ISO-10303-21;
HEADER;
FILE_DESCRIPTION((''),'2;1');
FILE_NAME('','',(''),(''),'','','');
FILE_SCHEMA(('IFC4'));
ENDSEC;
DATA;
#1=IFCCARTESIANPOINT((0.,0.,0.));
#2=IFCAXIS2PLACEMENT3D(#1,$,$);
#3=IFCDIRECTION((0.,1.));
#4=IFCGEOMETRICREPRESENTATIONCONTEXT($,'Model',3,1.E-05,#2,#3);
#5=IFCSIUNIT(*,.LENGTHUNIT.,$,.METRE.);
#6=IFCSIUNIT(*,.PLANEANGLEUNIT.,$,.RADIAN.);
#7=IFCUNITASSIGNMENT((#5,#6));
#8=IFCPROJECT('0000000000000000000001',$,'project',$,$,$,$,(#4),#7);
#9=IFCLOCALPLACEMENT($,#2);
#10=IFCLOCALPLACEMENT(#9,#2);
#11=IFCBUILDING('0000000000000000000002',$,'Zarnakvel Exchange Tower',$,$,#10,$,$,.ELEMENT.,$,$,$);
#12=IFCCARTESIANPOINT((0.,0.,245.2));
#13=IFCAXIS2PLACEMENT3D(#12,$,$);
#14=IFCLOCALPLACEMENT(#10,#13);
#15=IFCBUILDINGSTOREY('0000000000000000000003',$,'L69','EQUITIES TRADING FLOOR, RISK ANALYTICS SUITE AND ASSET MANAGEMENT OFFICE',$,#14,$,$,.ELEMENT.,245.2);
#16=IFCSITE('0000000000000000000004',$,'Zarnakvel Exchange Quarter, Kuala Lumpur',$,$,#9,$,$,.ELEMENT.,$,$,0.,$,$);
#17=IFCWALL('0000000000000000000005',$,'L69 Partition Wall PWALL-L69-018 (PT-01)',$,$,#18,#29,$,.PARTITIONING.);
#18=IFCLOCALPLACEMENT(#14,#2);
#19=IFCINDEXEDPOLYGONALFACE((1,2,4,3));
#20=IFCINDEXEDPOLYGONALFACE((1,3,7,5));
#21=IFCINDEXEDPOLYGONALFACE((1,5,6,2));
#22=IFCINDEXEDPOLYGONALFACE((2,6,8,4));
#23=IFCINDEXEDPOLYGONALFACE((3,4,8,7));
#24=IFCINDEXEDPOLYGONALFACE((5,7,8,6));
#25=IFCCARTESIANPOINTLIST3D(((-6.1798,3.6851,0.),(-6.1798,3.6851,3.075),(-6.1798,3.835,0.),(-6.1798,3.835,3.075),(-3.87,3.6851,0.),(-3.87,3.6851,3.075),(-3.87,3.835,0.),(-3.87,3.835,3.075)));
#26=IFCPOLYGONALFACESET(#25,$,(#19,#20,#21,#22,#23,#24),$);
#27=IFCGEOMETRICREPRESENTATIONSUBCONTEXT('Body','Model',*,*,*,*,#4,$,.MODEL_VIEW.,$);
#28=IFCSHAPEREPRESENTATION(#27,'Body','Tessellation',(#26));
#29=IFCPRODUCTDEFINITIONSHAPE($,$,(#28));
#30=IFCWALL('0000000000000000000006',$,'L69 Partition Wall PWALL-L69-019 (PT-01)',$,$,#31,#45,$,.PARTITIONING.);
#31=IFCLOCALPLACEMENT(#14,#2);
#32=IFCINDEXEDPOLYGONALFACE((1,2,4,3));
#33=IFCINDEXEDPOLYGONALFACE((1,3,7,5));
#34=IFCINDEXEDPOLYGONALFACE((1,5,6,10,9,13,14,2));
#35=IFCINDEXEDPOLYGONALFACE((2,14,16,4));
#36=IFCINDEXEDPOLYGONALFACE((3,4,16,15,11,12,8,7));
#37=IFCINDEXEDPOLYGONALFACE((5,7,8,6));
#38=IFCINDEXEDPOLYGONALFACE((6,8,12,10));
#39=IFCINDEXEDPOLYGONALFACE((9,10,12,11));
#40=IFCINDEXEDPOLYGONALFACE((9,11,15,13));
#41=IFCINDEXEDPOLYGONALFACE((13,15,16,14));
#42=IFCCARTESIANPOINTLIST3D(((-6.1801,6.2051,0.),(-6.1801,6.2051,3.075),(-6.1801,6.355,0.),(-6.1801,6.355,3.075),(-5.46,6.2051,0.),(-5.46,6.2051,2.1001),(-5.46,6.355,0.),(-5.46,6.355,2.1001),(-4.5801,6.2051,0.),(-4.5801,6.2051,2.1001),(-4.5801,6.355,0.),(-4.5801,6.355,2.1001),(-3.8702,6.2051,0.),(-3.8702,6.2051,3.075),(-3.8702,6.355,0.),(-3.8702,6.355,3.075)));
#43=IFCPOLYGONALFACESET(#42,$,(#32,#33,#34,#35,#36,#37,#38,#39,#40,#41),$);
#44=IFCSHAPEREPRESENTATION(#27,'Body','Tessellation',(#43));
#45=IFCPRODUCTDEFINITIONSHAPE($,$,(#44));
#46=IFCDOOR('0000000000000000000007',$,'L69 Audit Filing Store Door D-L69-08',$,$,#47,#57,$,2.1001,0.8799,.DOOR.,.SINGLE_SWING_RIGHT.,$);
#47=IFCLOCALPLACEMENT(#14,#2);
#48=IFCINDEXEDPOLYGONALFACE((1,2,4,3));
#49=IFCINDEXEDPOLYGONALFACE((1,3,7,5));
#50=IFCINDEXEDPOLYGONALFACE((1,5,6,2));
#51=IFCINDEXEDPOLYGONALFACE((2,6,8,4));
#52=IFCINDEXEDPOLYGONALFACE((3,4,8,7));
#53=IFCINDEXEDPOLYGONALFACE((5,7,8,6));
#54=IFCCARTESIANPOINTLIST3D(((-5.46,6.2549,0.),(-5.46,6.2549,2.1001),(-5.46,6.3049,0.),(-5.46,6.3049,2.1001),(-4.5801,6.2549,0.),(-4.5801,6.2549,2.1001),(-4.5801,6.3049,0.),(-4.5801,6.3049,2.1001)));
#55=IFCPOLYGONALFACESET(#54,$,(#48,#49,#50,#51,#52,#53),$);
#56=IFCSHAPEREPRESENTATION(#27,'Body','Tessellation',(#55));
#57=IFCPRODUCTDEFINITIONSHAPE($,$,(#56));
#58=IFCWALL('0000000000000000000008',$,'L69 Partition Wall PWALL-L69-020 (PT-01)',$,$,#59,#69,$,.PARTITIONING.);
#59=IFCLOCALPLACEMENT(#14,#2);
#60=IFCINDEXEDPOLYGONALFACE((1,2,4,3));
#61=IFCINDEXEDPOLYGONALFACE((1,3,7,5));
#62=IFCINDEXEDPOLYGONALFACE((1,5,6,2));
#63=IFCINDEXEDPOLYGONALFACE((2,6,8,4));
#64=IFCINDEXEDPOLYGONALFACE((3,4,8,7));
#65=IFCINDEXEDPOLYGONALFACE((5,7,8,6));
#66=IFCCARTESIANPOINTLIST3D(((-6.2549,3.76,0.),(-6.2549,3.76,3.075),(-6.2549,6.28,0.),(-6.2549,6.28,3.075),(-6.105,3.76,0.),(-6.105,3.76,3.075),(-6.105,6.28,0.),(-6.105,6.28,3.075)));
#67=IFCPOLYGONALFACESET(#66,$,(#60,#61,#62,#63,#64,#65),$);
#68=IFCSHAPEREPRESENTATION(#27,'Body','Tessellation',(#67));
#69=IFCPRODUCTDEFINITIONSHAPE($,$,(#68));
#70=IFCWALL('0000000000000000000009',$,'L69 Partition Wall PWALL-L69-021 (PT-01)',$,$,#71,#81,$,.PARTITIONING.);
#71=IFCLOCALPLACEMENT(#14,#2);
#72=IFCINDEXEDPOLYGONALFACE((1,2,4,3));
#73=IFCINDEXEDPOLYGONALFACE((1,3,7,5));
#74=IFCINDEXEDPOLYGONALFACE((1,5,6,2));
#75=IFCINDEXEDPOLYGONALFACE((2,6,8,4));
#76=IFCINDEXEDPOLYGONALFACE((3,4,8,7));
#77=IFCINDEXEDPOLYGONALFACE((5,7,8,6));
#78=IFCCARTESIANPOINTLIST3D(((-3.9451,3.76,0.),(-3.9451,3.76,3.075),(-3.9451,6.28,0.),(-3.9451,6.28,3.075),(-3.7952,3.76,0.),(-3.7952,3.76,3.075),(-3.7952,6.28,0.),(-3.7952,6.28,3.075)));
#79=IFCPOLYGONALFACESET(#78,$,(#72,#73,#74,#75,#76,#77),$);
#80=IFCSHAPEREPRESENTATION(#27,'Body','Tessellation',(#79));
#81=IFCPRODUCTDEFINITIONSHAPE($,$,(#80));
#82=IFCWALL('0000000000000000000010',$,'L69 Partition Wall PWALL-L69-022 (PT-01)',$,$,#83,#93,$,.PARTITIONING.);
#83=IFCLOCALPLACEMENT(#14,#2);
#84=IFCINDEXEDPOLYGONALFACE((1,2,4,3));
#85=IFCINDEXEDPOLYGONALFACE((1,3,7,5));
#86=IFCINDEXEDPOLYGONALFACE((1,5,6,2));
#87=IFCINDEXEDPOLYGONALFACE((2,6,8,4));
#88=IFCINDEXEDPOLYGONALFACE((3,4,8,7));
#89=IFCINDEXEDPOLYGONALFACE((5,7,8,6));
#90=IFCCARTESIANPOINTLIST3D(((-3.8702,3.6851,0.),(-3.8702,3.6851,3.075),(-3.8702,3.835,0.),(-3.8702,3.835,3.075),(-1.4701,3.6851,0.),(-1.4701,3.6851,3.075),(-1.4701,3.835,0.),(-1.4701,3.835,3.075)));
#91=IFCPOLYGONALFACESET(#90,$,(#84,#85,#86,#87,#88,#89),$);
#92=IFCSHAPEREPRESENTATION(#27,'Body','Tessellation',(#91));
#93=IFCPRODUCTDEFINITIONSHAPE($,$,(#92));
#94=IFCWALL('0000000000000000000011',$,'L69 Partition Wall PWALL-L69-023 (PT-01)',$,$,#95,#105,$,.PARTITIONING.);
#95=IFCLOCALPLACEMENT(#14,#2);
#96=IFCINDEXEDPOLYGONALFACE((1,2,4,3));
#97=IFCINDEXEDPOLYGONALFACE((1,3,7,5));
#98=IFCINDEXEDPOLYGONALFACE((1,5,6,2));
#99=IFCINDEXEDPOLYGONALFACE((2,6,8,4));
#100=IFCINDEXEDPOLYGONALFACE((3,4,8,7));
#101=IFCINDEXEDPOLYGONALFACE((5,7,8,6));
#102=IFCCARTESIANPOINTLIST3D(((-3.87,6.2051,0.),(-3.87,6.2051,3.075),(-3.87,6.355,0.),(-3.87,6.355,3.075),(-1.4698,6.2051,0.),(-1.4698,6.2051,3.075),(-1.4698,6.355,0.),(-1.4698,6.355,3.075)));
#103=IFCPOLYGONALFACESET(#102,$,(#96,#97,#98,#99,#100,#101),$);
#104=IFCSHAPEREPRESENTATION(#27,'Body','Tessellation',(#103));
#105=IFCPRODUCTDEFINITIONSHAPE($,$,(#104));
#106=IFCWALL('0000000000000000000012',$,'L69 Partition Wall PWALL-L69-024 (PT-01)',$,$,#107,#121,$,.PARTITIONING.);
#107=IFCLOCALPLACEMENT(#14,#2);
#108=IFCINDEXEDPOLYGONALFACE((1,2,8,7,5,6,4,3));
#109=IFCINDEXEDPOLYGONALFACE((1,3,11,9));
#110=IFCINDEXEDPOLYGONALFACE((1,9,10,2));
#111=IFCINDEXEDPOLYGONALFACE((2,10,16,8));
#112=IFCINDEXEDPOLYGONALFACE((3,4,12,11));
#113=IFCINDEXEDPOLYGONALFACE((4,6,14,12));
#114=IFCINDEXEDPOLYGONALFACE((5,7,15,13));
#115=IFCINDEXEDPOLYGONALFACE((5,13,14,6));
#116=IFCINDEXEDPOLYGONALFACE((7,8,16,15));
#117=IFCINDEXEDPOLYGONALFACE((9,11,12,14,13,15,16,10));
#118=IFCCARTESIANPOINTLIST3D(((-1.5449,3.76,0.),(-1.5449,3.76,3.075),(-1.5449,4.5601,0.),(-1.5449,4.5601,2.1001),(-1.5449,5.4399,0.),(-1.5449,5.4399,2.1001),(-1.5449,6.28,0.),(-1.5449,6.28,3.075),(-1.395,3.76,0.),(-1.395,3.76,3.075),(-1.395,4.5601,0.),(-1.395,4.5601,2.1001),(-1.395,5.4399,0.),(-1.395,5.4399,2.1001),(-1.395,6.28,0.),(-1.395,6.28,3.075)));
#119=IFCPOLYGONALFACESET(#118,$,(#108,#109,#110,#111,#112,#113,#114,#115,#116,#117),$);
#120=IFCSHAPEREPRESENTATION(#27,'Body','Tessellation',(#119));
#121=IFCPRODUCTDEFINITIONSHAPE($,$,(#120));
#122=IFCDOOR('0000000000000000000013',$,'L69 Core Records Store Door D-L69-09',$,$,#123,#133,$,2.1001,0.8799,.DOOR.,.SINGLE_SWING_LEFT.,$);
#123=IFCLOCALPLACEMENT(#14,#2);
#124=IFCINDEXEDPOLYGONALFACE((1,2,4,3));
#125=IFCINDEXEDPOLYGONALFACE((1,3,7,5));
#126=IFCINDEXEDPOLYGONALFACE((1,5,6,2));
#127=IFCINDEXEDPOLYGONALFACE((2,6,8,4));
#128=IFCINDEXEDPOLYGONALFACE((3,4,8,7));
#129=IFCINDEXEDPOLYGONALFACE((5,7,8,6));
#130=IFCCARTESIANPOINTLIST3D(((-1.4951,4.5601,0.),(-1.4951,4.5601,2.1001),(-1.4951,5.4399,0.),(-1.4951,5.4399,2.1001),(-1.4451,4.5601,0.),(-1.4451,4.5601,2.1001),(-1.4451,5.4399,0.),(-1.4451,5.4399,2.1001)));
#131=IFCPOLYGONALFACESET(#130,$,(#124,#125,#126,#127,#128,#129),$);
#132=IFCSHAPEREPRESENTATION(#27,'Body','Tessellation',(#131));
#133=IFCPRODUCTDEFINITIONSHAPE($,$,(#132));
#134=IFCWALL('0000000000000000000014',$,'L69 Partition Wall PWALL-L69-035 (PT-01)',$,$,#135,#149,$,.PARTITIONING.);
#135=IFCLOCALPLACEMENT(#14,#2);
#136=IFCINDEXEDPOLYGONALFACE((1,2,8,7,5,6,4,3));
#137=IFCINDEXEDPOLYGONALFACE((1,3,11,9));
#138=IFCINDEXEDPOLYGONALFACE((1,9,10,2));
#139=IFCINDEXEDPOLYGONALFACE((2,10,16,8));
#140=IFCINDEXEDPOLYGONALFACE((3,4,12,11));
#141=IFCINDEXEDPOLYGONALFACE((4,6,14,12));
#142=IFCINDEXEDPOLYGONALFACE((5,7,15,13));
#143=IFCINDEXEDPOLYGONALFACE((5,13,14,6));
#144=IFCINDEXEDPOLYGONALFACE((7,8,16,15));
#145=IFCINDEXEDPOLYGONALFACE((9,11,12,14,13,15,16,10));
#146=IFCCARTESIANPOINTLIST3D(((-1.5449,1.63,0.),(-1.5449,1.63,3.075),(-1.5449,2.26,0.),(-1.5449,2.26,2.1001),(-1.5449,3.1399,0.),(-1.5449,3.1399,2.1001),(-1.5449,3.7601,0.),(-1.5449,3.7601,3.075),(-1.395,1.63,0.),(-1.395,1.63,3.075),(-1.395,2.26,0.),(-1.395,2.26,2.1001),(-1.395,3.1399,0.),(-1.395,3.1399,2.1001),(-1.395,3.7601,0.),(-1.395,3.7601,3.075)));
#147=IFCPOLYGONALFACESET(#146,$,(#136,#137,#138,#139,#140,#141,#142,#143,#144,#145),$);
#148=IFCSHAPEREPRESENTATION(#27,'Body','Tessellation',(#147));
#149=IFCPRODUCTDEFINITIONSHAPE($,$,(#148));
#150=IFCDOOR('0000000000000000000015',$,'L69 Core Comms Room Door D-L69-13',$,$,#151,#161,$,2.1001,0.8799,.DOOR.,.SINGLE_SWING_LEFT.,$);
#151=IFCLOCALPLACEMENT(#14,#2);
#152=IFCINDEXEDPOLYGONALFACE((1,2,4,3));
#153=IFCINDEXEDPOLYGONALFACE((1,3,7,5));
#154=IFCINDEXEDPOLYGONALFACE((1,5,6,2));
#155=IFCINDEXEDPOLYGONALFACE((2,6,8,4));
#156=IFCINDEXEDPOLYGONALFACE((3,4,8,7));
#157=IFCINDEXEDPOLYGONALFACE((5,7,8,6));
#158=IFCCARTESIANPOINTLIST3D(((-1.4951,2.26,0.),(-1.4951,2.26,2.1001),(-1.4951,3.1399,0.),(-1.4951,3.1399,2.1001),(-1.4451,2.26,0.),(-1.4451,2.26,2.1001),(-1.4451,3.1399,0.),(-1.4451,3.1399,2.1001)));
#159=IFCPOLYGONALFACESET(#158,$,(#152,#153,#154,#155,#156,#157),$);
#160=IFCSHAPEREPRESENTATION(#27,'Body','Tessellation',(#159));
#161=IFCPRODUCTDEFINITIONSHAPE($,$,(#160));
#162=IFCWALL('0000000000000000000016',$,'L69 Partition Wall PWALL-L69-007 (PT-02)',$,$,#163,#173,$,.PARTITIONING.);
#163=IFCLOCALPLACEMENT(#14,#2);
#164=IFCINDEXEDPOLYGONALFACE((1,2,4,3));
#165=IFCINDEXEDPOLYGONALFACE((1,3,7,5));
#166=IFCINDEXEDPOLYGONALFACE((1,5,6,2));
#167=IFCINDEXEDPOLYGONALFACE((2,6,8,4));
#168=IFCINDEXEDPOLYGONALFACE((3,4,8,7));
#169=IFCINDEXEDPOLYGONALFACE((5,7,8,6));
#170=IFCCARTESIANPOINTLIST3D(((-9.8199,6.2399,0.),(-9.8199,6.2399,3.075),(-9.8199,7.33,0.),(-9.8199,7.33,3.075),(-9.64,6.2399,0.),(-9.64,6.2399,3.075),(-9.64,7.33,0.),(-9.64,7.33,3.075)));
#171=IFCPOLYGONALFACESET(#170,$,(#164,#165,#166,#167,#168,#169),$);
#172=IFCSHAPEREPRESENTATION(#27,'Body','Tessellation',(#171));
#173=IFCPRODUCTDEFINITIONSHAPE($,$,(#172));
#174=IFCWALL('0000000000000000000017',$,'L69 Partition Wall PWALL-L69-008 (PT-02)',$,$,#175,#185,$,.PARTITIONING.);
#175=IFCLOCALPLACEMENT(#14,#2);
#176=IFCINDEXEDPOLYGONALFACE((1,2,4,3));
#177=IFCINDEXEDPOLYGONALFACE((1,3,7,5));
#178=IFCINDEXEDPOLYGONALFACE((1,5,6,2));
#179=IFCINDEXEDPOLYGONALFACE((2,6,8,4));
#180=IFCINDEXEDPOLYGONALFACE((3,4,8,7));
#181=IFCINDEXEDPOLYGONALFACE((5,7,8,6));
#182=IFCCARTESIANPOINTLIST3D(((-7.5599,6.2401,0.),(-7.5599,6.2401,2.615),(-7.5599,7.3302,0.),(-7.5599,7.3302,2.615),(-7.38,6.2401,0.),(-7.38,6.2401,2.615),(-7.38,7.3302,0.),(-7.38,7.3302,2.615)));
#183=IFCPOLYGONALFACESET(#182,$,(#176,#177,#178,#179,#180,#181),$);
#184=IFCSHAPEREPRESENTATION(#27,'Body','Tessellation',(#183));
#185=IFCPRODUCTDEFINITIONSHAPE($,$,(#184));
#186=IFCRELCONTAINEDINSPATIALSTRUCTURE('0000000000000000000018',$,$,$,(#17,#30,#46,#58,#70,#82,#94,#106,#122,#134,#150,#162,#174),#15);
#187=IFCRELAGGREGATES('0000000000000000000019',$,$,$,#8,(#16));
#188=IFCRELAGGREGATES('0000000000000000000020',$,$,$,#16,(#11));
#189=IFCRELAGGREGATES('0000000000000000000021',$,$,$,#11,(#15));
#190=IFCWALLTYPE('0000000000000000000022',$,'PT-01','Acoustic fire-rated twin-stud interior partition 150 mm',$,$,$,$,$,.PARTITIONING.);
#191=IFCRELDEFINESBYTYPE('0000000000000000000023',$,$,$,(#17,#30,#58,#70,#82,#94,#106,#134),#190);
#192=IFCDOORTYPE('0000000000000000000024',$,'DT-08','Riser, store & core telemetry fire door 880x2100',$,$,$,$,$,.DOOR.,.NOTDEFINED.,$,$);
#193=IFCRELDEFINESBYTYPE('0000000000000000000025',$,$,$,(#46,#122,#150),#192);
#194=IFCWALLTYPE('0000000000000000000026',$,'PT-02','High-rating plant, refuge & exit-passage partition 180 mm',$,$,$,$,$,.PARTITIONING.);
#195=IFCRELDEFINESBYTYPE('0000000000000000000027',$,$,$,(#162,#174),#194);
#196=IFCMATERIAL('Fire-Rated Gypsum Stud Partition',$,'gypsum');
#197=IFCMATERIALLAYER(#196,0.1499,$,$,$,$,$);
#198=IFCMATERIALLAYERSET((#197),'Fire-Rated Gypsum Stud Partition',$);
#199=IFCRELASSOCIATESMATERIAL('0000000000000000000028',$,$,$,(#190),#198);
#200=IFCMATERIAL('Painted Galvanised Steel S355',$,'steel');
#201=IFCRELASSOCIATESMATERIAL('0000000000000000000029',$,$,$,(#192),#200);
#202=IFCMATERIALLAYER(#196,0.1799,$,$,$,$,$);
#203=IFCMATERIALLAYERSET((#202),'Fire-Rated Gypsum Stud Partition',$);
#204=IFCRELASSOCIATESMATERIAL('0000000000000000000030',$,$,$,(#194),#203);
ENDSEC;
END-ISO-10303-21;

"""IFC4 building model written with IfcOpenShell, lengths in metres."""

from ifc_helpers import new_model, si_unit, direction, frame, frame_2d, origin, place, context, subcontext, project, spatial, rectangle, extrude, source, transform, mapped, material, layer, layer_set, type_object, element, fill, save


model = new_model("IFC4")

# Units and contexts
model_context = context("Model", 3, precision=1e-05, world=origin(), true_north=direction((0.0, 1.0)))
body_context = subcontext(model_context, "Body", "Model", "MODEL_VIEW")
ifc_project = project(units=[si_unit("LENGTHUNIT", "METRE"), si_unit("PLANEANGLEUNIT", "RADIAN")], contexts=[model_context])

# Site, building, storey
site_placement = place(None, origin())
site = spatial("IfcSite", under=ifc_project, at=site_placement, Name="Zarnakvel Exchange Quarter, Kuala Lumpur", CompositionType="ELEMENT", RefElevation=0.0)
building_placement = place(site_placement, origin())
building = spatial("IfcBuilding", under=site, at=building_placement, Name="Zarnakvel Exchange Tower", CompositionType="ELEMENT")
storey_placement = place(building_placement, frame((0.0, 0.0, 245.2)))
storey = spatial("IfcBuildingStorey", under=building, at=storey_placement, Name="L69", Description="EQUITIES TRADING FLOOR, RISK ANALYTICS SUITE AND ASSET MANAGEMENT OFFICE", CompositionType="ELEMENT", Elevation=245.2)

# Wall
ifc_material_1 = material(Name="Fire-Rated Gypsum Stud Partition", Category="gypsum")
ifc_layer_1 = layer(ifc_material_1, 0.1499)
ifc_layer_set_1 = layer_set([ifc_layer_1], Name="Fire-Rated Gypsum Stud Partition")
wall_type_1 = type_object("IfcWallType", Name="PT-01", Description="Acoustic fire-rated twin-stud interior partition 150 mm", PredefinedType="PARTITIONING", material=ifc_layer_set_1)
wall_1_placement = place(storey_placement, frame((-3.8701, 3.76, 0.0), z_axis=(0.0, 0.0, 1.0), x_axis=(-1.0, 0.0, 0.0)))
element("IfcWall", 1, at=wall_1_placement, inside=storey, type_object=wall_type_1, Name="L69 Partition Wall PWALL-L69-018 (PT-01)", PredefinedType="PARTITIONING", context=body_context, shape_type="SweptSolid", body=[
    extrude(rectangle(XDim=2.3098, YDim=0.1499, at=frame_2d((1.1548, 0.0))), origin(), (0.0, 0.0, 1.0), 3.075),
])

# Wall, opening, door
wall_2_placement = place(storey_placement, frame((-6.1799, 6.28, 0.0), z_axis=(0.0, 0.0, 1.0), x_axis=(1.0, 0.0, 0.0)))
wall_2 = element("IfcWall", 2, at=wall_2_placement, inside=storey, type_object=wall_type_1, Name="L69 Partition Wall PWALL-L69-019 (PT-01)", PredefinedType="PARTITIONING", context=body_context, shape_type="SweptSolid", body=[
    extrude(rectangle(XDim=2.3098, YDim=0.1499, at=frame_2d((1.1548, 0.0))), origin(), (0.0, 0.0, 1.0), 3.075),
])
opening_1_placement = place(wall_2_placement, frame((0.72, 0.0, 0.0)))
opening_1 = element("IfcOpeningElement", 3, at=opening_1_placement, cuts=wall_2, PredefinedType="OPENING", context=body_context, shape_type="SweptSolid", body=[
    extrude(rectangle(XDim=0.8799, YDim=2.1001, at=frame_2d((0.4399, 1.05))), frame((0.0, 0.085, 0.0), z_axis=(0.0, -1.0, 0.0), x_axis=(1.0, 0.0, 0.0)), (0.0, 0.0, 1.0), 0.1699),
])
ifc_material_2 = material(Name="Painted Galvanised Steel S355", Category="steel")
door_type_1 = type_object("IfcDoorType", Name="DT-08", Description="Riser, store & core telemetry fire door 880x2100", OperationType="NOTDEFINED", PredefinedType="DOOR", material=ifc_material_2)
shared_shape_1 = source(origin(), body_context, "Body", "SweptSolid", [
    extrude(rectangle(XDim=0.8799, YDim=2.1001, at=frame_2d((0.4399, 1.05))), frame((0.0, 0.0249, 0.0), z_axis=(0.0, -1.0, 0.0), x_axis=(1.0, 0.0, 0.0)), (0.0, 0.0, 1.0), 0.05),
])
door_1_placement = place(opening_1_placement, origin())
door_1 = element("IfcDoor", 4, at=door_1_placement, inside=storey, type_object=door_type_1, Name="L69 Audit Filing Store Door D-L69-08", OperationType="SINGLE_SWING_RIGHT", OverallHeight=2.1001, OverallWidth=0.8799, PredefinedType="DOOR", context=body_context, shape_type="MappedRepresentation", body=[
    mapped(shared_shape_1, transform((0.0, 0.0, 0.0), x_axis=(1.0, 0.0, 0.0), y_axis=(0.0, 1.0, 0.0), z_axis=(0.0, 0.0, 1.0), scale=1.0)),
])
fill(opening_1, door_1)

# Walls
for number, where, z_axis, x_axis, name in (
    (5, (-6.1799, 3.76, 0.0), (0.0, 0.0, 1.0), (0.0, 1.0, 0.0), "L69 Partition Wall PWALL-L69-020 (PT-01)"),
    (6, (-3.8701, 6.28, 0.0), (0.0, 0.0, 1.0), (0.0, -1.0, 0.0), "L69 Partition Wall PWALL-L69-021 (PT-01)"),
):
    element("IfcWall", number, at=place(storey_placement, frame(where, z_axis=z_axis, x_axis=x_axis)), inside=storey, type_object=wall_type_1, Name=name, PredefinedType="PARTITIONING", context=body_context, shape_type="SweptSolid", body=[
        extrude(rectangle(XDim=2.52, YDim=0.1499, at=frame_2d((1.26, 0.0))), origin(), (0.0, 0.0, 1.0), 3.075),
    ])
for number, where, z_axis, x_axis, name in (
    (7, (-1.47, 3.76, 0.0), (0.0, 0.0, 1.0), (-1.0, 0.0, 0.0), "L69 Partition Wall PWALL-L69-022 (PT-01)"),
    (8, (-3.8701, 6.28, 0.0), (0.0, 0.0, 1.0), (1.0, 0.0, 0.0), "L69 Partition Wall PWALL-L69-023 (PT-01)"),
):
    element("IfcWall", number, at=place(storey_placement, frame(where, z_axis=z_axis, x_axis=x_axis)), inside=storey, type_object=wall_type_1, Name=name, PredefinedType="PARTITIONING", context=body_context, shape_type="SweptSolid", body=[
        extrude(rectangle(XDim=2.4001, YDim=0.1499, at=frame_2d((1.2002, 0.0))), origin(), (0.0, 0.0, 1.0), 3.075),
    ])

# Walls, openings, doors
wall_3_placement = place(storey_placement, frame((-1.47, 6.28, 0.0), z_axis=(0.0, 0.0, 1.0), x_axis=(0.0, -1.0, 0.0)))
wall_3 = element("IfcWall", 9, at=wall_3_placement, inside=storey, type_object=wall_type_1, Name="L69 Partition Wall PWALL-L69-024 (PT-01)", PredefinedType="PARTITIONING", context=body_context, shape_type="SweptSolid", body=[
    extrude(rectangle(XDim=2.52, YDim=0.1499, at=frame_2d((1.26, 0.0))), origin(), (0.0, 0.0, 1.0), 3.075),
])
opening_2_placement = place(wall_3_placement, frame((0.8401, 0.0, 0.0)))
opening_2 = element("IfcOpeningElement", 10, at=opening_2_placement, cuts=wall_3, PredefinedType="OPENING", context=body_context, shape_type="SweptSolid", body=[
    extrude(rectangle(XDim=0.8799, YDim=2.1001, at=frame_2d((0.4399, 1.05))), frame((0.0, 0.085, 0.0), z_axis=(0.0, -1.0, 0.0), x_axis=(1.0, 0.0, 0.0)), (0.0, 0.0, 1.0), 0.1699),
])
door_2_placement = place(opening_2_placement, origin())
door_2 = element("IfcDoor", 11, at=door_2_placement, inside=storey, type_object=door_type_1, Name="L69 Core Records Store Door D-L69-09", OperationType="SINGLE_SWING_LEFT", OverallHeight=2.1001, OverallWidth=0.8799, PredefinedType="DOOR", context=body_context, shape_type="MappedRepresentation", body=[
    mapped(shared_shape_1, transform((0.0, 0.0, 0.0), x_axis=(1.0, 0.0, 0.0), y_axis=(0.0, 1.0, 0.0), z_axis=(0.0, 0.0, 1.0), scale=1.0)),
])
fill(opening_2, door_2)
wall_4_placement = place(storey_placement, frame((-1.47, 3.76, 0.0), z_axis=(0.0, 0.0, 1.0), x_axis=(0.0, -1.0, 0.0)))
wall_4 = element("IfcWall", 12, at=wall_4_placement, inside=storey, type_object=wall_type_1, Name="L69 Partition Wall PWALL-L69-035 (PT-01)", PredefinedType="PARTITIONING", context=body_context, shape_type="SweptSolid", body=[
    extrude(rectangle(XDim=2.1301, YDim=0.1499, at=frame_2d((1.0649, 0.0))), origin(), (0.0, 0.0, 1.0), 3.075),
])
opening_3_placement = place(wall_4_placement, frame((0.6201, 0.0, 0.0)))
opening_3 = element("IfcOpeningElement", 13, at=opening_3_placement, cuts=wall_4, PredefinedType="OPENING", context=body_context, shape_type="SweptSolid", body=[
    extrude(rectangle(XDim=0.8799, YDim=2.1001, at=frame_2d((0.4399, 1.05))), frame((0.0, 0.085, 0.0), z_axis=(0.0, -1.0, 0.0), x_axis=(1.0, 0.0, 0.0)), (0.0, 0.0, 1.0), 0.1699),
])
door_3_placement = place(opening_3_placement, origin())
door_3 = element("IfcDoor", 14, at=door_3_placement, inside=storey, type_object=door_type_1, Name="L69 Core Comms Room Door D-L69-13", OperationType="SINGLE_SWING_LEFT", OverallHeight=2.1001, OverallWidth=0.8799, PredefinedType="DOOR", context=body_context, shape_type="MappedRepresentation", body=[
    mapped(shared_shape_1, transform((0.0, 0.0, 0.0), x_axis=(1.0, 0.0, 0.0), y_axis=(0.0, 1.0, 0.0), z_axis=(0.0, 0.0, 1.0), scale=1.0)),
])
fill(opening_3, door_3)

# Walls
ifc_layer_2 = layer(ifc_material_1, 0.1799)
ifc_layer_set_2 = layer_set([ifc_layer_2], Name="Fire-Rated Gypsum Stud Partition")
wall_type_2 = type_object("IfcWallType", Name="PT-02", Description="High-rating plant, refuge & exit-passage partition 180 mm", PredefinedType="PARTITIONING", material=ifc_layer_set_2)
wall_5_placement = place(storey_placement, frame((-9.73, 6.24, 0.0), z_axis=(0.0, 0.0, 1.0), x_axis=(0.0, 1.0, 0.0)))
element("IfcWall", 15, at=wall_5_placement, inside=storey, type_object=wall_type_2, Name="L69 Partition Wall PWALL-L69-007 (PT-02)", PredefinedType="PARTITIONING", context=body_context, shape_type="SweptSolid", body=[
    extrude(rectangle(XDim=1.0901, YDim=0.1799, at=frame_2d((0.5449, 0.0))), origin(), (0.0, 0.0, 1.0), 3.075),
])
wall_6_placement = place(storey_placement, frame((-7.47, 7.3301, 0.0), z_axis=(0.0, 0.0, 1.0), x_axis=(0.0, -1.0, 0.0)))
element("IfcWall", 16, at=wall_6_placement, inside=storey, type_object=wall_type_2, Name="L69 Partition Wall PWALL-L69-008 (PT-02)", PredefinedType="PARTITIONING", context=body_context, shape_type="SweptSolid", body=[
    extrude(rectangle(XDim=1.0901, YDim=0.1799, at=frame_2d((0.5449, 0.0))), origin(), (0.0, 0.0, 1.0), 2.615),
])

save(model, "model.ifc")
